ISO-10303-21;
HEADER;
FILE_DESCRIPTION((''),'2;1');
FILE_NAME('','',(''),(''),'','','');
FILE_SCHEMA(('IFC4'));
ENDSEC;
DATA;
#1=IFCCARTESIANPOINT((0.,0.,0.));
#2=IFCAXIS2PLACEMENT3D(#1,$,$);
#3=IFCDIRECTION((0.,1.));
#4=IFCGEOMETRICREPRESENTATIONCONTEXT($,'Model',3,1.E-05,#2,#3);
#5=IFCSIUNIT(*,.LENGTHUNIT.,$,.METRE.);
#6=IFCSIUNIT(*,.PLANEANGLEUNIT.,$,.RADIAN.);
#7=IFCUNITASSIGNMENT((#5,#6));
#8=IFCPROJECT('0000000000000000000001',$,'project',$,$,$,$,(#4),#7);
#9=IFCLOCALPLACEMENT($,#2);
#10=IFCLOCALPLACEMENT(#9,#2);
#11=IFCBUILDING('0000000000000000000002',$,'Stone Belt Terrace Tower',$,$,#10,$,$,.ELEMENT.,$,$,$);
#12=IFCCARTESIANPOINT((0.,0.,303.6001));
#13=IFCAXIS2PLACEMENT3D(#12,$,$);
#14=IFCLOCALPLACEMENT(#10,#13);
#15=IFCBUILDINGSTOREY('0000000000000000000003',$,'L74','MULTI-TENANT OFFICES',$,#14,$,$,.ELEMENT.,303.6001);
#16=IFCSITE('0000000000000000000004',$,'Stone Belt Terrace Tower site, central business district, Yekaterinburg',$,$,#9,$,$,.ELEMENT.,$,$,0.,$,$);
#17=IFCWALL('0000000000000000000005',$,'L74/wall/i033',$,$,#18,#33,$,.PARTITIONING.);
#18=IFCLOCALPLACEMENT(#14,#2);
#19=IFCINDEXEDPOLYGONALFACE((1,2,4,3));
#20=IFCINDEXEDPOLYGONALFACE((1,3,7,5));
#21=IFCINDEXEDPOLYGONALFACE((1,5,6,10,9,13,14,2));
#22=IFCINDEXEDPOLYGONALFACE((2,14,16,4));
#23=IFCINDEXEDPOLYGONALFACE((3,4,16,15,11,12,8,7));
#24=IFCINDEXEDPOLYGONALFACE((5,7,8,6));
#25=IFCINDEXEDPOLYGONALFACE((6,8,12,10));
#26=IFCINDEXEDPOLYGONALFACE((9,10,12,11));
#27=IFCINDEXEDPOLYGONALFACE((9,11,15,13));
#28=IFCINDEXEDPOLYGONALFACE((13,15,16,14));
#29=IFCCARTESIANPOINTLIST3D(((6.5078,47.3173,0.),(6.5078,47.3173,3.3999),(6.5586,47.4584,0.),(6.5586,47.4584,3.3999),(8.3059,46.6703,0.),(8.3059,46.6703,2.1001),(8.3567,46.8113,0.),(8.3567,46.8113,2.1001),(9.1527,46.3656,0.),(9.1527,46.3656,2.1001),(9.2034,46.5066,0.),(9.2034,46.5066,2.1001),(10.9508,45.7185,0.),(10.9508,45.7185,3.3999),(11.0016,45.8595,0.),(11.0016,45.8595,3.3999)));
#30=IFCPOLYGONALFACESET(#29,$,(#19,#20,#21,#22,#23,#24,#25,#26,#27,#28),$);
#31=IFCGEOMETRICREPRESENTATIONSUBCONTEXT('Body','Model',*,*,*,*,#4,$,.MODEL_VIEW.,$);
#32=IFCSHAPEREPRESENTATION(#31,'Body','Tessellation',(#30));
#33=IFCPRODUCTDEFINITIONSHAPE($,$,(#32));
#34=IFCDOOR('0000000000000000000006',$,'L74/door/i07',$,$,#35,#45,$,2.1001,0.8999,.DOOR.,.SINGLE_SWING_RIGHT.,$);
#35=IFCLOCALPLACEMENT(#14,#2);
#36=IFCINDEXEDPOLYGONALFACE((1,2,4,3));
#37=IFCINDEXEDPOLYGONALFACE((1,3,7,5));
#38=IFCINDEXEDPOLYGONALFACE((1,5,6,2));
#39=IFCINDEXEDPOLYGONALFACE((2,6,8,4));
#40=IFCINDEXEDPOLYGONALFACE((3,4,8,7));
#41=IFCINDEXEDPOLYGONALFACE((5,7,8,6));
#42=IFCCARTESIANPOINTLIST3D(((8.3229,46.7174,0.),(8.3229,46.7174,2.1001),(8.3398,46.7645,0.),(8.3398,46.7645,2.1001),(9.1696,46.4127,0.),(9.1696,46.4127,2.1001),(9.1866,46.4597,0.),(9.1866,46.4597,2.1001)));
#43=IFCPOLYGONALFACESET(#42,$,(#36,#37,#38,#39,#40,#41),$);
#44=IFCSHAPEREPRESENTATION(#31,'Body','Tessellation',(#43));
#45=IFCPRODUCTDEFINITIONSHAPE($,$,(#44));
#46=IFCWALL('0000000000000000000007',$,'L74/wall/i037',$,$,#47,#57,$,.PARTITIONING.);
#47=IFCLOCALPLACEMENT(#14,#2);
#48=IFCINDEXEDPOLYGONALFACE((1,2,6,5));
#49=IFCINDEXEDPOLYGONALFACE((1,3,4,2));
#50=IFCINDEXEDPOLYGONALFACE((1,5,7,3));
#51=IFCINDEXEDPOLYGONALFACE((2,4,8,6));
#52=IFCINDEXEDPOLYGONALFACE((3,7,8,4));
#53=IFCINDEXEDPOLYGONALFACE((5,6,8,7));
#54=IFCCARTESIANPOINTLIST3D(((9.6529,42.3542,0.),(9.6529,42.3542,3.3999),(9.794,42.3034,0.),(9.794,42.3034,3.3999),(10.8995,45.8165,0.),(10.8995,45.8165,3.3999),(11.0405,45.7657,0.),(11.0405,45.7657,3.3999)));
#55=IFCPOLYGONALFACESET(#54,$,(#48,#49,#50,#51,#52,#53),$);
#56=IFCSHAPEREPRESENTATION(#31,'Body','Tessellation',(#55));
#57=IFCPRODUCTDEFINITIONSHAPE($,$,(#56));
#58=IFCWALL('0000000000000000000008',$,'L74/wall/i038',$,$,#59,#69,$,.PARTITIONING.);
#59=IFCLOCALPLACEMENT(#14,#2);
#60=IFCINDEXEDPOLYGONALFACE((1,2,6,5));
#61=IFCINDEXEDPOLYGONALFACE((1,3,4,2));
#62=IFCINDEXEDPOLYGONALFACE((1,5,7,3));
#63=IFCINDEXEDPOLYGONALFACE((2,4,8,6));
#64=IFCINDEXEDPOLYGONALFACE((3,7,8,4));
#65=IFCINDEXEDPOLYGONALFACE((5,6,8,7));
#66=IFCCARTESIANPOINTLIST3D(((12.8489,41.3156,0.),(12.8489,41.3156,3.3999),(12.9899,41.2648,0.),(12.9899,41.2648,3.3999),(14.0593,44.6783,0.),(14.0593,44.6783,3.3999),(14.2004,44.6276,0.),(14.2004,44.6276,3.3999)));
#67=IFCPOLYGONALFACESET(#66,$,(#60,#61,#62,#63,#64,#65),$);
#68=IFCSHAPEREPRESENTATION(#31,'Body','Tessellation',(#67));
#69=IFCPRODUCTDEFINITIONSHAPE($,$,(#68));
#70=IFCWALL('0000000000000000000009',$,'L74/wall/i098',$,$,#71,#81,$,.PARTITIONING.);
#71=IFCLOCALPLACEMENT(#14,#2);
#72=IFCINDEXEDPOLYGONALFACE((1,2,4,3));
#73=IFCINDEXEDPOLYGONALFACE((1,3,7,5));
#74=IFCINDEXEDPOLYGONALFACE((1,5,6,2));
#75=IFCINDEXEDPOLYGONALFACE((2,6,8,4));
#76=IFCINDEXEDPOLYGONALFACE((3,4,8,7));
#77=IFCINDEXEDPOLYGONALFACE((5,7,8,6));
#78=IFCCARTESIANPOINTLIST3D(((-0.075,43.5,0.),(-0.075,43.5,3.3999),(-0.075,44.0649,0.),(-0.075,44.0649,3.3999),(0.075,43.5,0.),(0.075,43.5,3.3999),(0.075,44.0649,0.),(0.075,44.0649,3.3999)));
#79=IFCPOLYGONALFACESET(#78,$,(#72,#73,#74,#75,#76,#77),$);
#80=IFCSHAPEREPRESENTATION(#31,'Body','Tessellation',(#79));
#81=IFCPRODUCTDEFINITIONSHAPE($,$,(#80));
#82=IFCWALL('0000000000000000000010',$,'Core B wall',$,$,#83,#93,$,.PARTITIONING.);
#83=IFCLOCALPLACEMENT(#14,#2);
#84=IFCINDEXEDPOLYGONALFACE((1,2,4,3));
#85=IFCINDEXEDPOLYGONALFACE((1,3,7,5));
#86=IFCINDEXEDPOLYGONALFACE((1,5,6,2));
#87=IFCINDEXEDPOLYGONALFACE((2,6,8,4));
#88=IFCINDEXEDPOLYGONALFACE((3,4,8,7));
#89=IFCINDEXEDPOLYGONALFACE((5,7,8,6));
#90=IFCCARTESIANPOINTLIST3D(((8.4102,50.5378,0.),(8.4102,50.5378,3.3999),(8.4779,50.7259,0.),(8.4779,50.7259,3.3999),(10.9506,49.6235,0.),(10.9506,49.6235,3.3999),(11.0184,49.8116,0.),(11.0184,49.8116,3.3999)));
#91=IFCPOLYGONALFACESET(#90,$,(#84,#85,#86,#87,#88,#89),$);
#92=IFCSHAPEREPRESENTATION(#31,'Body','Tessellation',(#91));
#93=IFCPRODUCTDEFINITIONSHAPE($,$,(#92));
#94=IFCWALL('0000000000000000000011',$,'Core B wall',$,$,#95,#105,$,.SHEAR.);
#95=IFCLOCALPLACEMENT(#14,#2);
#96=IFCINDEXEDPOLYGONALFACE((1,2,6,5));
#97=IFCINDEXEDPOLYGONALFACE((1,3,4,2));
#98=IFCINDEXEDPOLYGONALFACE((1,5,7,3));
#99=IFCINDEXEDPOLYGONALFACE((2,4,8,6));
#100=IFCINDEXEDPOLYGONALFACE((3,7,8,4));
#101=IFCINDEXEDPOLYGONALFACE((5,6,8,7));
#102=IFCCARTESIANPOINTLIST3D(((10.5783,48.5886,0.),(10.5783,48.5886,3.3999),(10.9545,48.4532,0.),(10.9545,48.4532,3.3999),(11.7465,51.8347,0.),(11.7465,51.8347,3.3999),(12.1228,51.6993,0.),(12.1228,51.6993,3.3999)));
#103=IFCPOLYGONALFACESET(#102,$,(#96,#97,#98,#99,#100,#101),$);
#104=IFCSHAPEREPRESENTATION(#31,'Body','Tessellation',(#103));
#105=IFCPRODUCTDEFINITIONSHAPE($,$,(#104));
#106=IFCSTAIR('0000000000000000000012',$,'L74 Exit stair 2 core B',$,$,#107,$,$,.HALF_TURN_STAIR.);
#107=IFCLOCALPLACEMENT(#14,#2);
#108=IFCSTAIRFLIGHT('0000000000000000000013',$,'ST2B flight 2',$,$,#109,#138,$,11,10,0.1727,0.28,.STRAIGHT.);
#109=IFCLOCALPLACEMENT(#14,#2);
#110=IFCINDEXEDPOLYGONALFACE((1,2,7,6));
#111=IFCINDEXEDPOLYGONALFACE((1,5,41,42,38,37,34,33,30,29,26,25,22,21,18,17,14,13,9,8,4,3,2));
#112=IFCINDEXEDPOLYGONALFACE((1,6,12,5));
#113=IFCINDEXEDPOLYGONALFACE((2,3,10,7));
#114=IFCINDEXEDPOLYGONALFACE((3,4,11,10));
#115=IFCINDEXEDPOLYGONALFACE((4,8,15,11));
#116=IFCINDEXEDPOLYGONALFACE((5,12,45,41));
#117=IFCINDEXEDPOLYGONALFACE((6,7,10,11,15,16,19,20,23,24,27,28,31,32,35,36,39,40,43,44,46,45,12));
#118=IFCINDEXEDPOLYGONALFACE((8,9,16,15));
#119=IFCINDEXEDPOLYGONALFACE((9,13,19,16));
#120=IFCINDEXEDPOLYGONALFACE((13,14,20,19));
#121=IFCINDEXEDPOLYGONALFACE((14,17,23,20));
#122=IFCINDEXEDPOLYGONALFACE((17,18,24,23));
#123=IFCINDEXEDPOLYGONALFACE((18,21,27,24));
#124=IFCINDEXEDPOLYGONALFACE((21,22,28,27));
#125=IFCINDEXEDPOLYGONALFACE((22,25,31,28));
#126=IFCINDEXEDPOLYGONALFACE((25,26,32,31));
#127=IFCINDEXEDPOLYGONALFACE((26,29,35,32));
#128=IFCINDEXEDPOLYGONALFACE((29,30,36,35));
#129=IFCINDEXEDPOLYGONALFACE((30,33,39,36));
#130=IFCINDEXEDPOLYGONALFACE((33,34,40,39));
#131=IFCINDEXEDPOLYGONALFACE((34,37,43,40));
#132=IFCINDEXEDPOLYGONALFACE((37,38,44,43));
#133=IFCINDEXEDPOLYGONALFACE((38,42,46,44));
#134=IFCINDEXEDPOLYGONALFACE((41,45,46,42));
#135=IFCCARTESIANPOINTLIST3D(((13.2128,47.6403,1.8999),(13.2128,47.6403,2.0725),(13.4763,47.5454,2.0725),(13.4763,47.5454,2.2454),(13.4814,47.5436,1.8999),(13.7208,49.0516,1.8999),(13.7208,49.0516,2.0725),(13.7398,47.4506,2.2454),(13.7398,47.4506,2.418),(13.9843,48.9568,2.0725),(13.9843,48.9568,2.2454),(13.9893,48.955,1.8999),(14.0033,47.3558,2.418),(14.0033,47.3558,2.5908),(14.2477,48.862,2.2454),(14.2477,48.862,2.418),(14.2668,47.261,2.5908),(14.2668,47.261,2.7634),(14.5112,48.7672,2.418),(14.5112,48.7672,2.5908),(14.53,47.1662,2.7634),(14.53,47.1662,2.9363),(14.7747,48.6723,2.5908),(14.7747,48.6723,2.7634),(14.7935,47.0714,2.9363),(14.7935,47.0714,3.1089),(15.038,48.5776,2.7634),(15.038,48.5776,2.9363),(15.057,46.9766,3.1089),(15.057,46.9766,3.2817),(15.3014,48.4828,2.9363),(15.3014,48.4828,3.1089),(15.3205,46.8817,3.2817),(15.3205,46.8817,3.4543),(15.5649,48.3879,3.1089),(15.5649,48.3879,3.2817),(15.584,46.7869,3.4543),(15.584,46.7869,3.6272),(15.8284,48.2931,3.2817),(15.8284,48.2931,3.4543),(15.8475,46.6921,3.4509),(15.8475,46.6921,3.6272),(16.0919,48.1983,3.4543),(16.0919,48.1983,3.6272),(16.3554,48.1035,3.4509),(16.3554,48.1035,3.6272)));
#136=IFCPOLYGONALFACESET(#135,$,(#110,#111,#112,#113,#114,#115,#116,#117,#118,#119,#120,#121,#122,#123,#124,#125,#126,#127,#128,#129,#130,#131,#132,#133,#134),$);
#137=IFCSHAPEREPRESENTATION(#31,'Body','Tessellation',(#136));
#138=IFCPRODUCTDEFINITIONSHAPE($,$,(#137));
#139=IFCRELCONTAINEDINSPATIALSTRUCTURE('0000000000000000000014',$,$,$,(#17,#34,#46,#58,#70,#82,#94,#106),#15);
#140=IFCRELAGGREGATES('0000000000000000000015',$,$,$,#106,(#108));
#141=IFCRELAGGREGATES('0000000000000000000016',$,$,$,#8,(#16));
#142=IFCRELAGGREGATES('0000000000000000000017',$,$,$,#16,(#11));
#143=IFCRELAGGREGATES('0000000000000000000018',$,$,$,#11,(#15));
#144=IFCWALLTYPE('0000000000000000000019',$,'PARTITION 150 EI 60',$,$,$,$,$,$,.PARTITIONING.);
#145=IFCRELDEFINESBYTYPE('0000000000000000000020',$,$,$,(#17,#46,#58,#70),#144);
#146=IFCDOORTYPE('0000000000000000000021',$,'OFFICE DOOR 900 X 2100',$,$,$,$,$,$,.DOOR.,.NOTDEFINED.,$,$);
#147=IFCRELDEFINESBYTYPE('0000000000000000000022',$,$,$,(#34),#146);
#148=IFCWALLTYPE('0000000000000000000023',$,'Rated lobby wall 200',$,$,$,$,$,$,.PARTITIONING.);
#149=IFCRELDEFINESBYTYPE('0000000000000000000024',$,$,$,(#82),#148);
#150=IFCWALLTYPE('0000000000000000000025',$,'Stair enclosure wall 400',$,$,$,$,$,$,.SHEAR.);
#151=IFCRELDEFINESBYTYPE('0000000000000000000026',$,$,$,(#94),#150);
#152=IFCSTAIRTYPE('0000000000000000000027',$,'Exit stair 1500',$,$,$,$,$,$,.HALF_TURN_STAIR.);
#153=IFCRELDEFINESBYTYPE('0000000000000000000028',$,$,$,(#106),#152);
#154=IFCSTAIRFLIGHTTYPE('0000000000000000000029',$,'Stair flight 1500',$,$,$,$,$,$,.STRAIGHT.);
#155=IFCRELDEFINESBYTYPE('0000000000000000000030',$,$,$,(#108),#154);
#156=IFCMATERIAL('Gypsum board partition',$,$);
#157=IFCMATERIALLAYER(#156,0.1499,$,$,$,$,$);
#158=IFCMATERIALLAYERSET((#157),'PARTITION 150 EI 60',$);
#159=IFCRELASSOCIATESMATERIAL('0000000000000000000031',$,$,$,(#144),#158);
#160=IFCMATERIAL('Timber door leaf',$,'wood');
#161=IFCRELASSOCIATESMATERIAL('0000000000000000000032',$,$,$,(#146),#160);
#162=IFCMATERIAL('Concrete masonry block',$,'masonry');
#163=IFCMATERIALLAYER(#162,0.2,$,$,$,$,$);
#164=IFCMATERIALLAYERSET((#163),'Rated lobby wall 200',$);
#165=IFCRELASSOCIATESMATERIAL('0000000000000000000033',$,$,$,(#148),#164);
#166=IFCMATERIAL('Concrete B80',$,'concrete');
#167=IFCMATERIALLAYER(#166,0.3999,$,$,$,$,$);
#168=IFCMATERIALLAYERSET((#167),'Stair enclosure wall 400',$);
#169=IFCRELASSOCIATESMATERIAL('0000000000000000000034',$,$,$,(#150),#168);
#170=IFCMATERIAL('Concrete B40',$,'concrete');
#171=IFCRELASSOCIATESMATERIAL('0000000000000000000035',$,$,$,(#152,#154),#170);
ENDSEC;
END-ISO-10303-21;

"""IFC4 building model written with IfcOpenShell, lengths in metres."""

from ifc_helpers import new_model, si_unit, direction, frame, frame_2d, origin, place, context, subcontext, project, spatial, polyline, rectangle, outline, extrude, material, layer, layer_set, type_object, element, fill, aggregate, save


model = new_model("IFC4")

# Units and contexts
model_context = context("Model", 3, precision=1e-05, world=origin(), true_north=direction((0.0, 1.0)))
body_context = subcontext(model_context, "Body", "Model", "MODEL_VIEW")
ifc_project = project(units=[si_unit("LENGTHUNIT", "METRE"), si_unit("PLANEANGLEUNIT", "RADIAN")], contexts=[model_context])

# Site, building, storey
site_placement = place(None, origin())
site = spatial("IfcSite", under=ifc_project, at=site_placement, Name="Stone Belt Terrace Tower site, central business district, Yekaterinburg", CompositionType="ELEMENT", RefElevation=0.0)
building_placement = place(site_placement, origin())
building = spatial("IfcBuilding", under=site, at=building_placement, Name="Stone Belt Terrace Tower", CompositionType="ELEMENT")
storey_placement = place(building_placement, frame((0.0, 0.0, 303.6001)))
storey = spatial("IfcBuildingStorey", under=building, at=storey_placement, Name="L74", Description="MULTI-TENANT OFFICES", CompositionType="ELEMENT", Elevation=303.6001)

# Shared definitions
ifc_material_1 = material(Name="Timber door leaf", Category="wood")

# Shared definitions
ifc_material_2 = material(Name="Gypsum board partition")
ifc_layer_1 = layer(ifc_material_2, 0.1499)
ifc_layer_set_1 = layer_set([ifc_layer_1], Name="PARTITION 150 EI 60")
wall_type_1 = type_object("IfcWallType", Name="PARTITION 150 EI 60", PredefinedType="PARTITIONING", material=ifc_layer_set_1)

# Wall, opening, door
wall_1_placement = place(storey_placement, frame((10.9761, 45.7891, 0.0), z_axis=(0.0, 0.0, 1.0), x_axis=(-0.940931, 0.338599, 0.0)))
wall_1 = element("IfcWall", 1, at=wall_1_placement, inside=storey, type_object=wall_type_1, Name="L74/wall/i033", PredefinedType="PARTITIONING", context=body_context, shape_type="SweptSolid", body=[
    extrude(rectangle(XDim=4.7219, YDim=0.1499, at=frame_2d((2.3608, 0.0))), origin(), (0.0, 0.0, 1.0), 3.3999),
])
opening_1_placement = place(wall_1_placement, frame((1.9109, 0.0, 0.0)))
opening_1 = element("IfcOpeningElement", 2, at=opening_1_placement, cuts=wall_1, PredefinedType="OPENING", context=body_context, shape_type="SweptSolid", body=[
    extrude(rectangle(XDim=0.8999, YDim=2.1001, at=frame_2d((0.45, 1.05))), frame((0.0, 0.085, 0.0), z_axis=(0.0, -1.0, 0.0), x_axis=(1.0, 0.0, 0.0)), (0.0, 0.0, 1.0), 0.1699),
])
door_type_1 = type_object("IfcDoorType", Name="OFFICE DOOR 900 X 2100", OperationType="NOTDEFINED", PredefinedType="DOOR", material=ifc_material_1)
door_1_placement = place(opening_1_placement, origin())
door_1 = element("IfcDoor", 3, at=door_1_placement, inside=storey, type_object=door_type_1, Name="L74/door/i07", OperationType="SINGLE_SWING_RIGHT", OverallHeight=2.1001, OverallWidth=0.8999, PredefinedType="DOOR", context=body_context, shape_type="SweptSolid", body=[
    extrude(rectangle(XDim=0.8999, YDim=2.1001, at=frame_2d((0.45, 1.05))), frame((0.0, 0.0249, 0.0), z_axis=(0.0, -1.0, 0.0), x_axis=(1.0, 0.0, 0.0)), (0.0, 0.0, 1.0), 0.05),
])
fill(opening_1, door_1)

# Walls
wall_2_placement = place(storey_placement, frame((10.97, 45.791, 0.0), z_axis=(0.0, 0.0, 1.0), x_axis=(-0.338748, -0.940877, 0.0)))
element("IfcWall", 4, at=wall_2_placement, inside=storey, type_object=wall_type_1, Name="L74/wall/i037", PredefinedType="PARTITIONING", context=body_context, shape_type="SweptSolid", body=[
    extrude(rectangle(XDim=3.6799, YDim=0.1499, at=frame_2d((1.8398, 0.0))), origin(), (0.0, 0.0, 1.0), 3.3999),
])
wall_3_placement = place(storey_placement, frame((14.1299, 44.6531, 0.0), z_axis=(0.0, 0.0, 1.0), x_axis=(-0.338681, -0.940901, 0.0)))
element("IfcWall", 5, at=wall_3_placement, inside=storey, type_object=wall_type_1, Name="L74/wall/i038", PredefinedType="PARTITIONING", context=body_context, shape_type="SweptSolid", body=[
    extrude(rectangle(XDim=3.574, YDim=0.1499, at=frame_2d((1.7871, 0.0))), origin(), (0.0, 0.0, 1.0), 3.3999),
])
wall_4_placement = place(storey_placement, frame((0.0, 44.0649, 0.0), z_axis=(0.0, 0.0, 1.0), x_axis=(0.0, -1.0, 0.0)))
element("IfcWall", 6, at=wall_4_placement, inside=storey, type_object=wall_type_1, Name="L74/wall/i098", PredefinedType="PARTITIONING", context=body_context, shape_type="SweptSolid", body=[
    extrude(rectangle(XDim=0.5649, YDim=0.1499, at=frame_2d((0.2825, 0.0))), origin(), (0.0, 0.0, 1.0), 3.3999),
])
ifc_material_3 = material(Name="Concrete masonry block", Category="masonry")
ifc_layer_2 = layer(ifc_material_3, 0.2)
ifc_layer_set_2 = layer_set([ifc_layer_2], Name="Rated lobby wall 200")
wall_type_2 = type_object("IfcWallType", Name="Rated lobby wall 200", PredefinedType="PARTITIONING", material=ifc_layer_set_2)
wall_5_placement = place(storey_placement, frame((10.9846, 49.7175, 0.0), z_axis=(0.0, 0.0, 1.0), x_axis=(-0.940921, 0.338627, 0.0)))
element("IfcWall", 7, at=wall_5_placement, inside=storey, type_object=wall_type_2, Name="Core B wall", PredefinedType="PARTITIONING", context=body_context, shape_type="SweptSolid", body=[
    extrude(rectangle(XDim=2.7, YDim=0.2, at=frame_2d((1.3501, 0.0))), origin(), (0.0, 0.0, 1.0), 3.3999),
])
ifc_material_4 = material(Name="Concrete B80", Category="concrete")
ifc_layer_3 = layer(ifc_material_4, 0.3999)
ifc_layer_set_3 = layer_set([ifc_layer_3], Name="Stair enclosure wall 400")
wall_type_3 = type_object("IfcWallType", Name="Stair enclosure wall 400", PredefinedType="SHEAR", material=ifc_layer_set_3)
wall_6_placement = place(storey_placement, frame((10.7664, 48.5208, 0.0), z_axis=(0.0, 0.0, 1.0), x_axis=(0.338622, 0.940923, 0.0)))
element("IfcWall", 8, at=wall_6_placement, inside=storey, type_object=wall_type_3, Name="Core B wall", PredefinedType="SHEAR", context=body_context, shape_type="SweptSolid", body=[
    extrude(rectangle(XDim=3.45, YDim=0.3999, at=frame_2d((1.7251, 0.0))), origin(), (0.0, 0.0, 1.0), 3.3999),
])

# Stair, stair flight
ifc_material_5 = material(Name="Concrete B40", Category="concrete")
stair_type = type_object("IfcStairType", Name="Exit stair 1500", PredefinedType="HALF_TURN_STAIR", material=ifc_material_5)
stair_placement = place(storey_placement, origin())
stair = element("IfcStair", 9, at=stair_placement, inside=storey, type_object=stair_type, Name="L74 Exit stair 2 core B", PredefinedType="HALF_TURN_STAIR")
stair_flight_type = type_object("IfcStairFlightType", Name="Stair flight 1500", PredefinedType="STRAIGHT", material=ifc_material_5)
stair_flight_placement = place(storey_placement, frame((13.4668, 48.3459, 1.8999), z_axis=(0.0, 0.0, 1.0), x_axis=(0.940922, -0.338624, 0.0)))
stair_flight = element("IfcStairFlight", 10, at=stair_flight_placement, type_object=stair_flight_type, Name="ST2B flight 2", NumberOfRisers=11, NumberOfTreads=10, PredefinedType="STRAIGHT", RiserHeight=0.1727, TreadLength=0.28, context=body_context, shape_type="SweptSolid", body=[
    extrude(outline(polyline([(0.0, 0.0), (0.0, 0.1726), (0.28, 0.1726), (0.28, 0.3455), (0.5601, 0.3455), (0.5601, 0.5181), (0.8401, 0.5181), (0.8401, 0.6909), (1.1201, 0.6909), (1.1201, 0.8635), (1.3999, 0.8635), (1.3999, 1.0364), (1.6799, 1.0364), (1.6799, 1.209), (1.96, 1.209), (1.96, 1.3818), (2.24, 1.3818), (2.24, 1.5544), (2.52, 1.5544), (2.52, 1.7273), (2.8, 1.7273), (2.8, 1.8999), (2.8, 1.551), (0.2854, 0.0), (0.0, 0.0)])), frame((0.0, 0.75, 0.0), z_axis=(0.0, -1.0, 0.0), x_axis=(1.0, 0.0, 0.0)), (0.0, 0.0, 1.0), 1.5),
])
aggregate(stair, [stair_flight])

save(model, "model.ifc")
